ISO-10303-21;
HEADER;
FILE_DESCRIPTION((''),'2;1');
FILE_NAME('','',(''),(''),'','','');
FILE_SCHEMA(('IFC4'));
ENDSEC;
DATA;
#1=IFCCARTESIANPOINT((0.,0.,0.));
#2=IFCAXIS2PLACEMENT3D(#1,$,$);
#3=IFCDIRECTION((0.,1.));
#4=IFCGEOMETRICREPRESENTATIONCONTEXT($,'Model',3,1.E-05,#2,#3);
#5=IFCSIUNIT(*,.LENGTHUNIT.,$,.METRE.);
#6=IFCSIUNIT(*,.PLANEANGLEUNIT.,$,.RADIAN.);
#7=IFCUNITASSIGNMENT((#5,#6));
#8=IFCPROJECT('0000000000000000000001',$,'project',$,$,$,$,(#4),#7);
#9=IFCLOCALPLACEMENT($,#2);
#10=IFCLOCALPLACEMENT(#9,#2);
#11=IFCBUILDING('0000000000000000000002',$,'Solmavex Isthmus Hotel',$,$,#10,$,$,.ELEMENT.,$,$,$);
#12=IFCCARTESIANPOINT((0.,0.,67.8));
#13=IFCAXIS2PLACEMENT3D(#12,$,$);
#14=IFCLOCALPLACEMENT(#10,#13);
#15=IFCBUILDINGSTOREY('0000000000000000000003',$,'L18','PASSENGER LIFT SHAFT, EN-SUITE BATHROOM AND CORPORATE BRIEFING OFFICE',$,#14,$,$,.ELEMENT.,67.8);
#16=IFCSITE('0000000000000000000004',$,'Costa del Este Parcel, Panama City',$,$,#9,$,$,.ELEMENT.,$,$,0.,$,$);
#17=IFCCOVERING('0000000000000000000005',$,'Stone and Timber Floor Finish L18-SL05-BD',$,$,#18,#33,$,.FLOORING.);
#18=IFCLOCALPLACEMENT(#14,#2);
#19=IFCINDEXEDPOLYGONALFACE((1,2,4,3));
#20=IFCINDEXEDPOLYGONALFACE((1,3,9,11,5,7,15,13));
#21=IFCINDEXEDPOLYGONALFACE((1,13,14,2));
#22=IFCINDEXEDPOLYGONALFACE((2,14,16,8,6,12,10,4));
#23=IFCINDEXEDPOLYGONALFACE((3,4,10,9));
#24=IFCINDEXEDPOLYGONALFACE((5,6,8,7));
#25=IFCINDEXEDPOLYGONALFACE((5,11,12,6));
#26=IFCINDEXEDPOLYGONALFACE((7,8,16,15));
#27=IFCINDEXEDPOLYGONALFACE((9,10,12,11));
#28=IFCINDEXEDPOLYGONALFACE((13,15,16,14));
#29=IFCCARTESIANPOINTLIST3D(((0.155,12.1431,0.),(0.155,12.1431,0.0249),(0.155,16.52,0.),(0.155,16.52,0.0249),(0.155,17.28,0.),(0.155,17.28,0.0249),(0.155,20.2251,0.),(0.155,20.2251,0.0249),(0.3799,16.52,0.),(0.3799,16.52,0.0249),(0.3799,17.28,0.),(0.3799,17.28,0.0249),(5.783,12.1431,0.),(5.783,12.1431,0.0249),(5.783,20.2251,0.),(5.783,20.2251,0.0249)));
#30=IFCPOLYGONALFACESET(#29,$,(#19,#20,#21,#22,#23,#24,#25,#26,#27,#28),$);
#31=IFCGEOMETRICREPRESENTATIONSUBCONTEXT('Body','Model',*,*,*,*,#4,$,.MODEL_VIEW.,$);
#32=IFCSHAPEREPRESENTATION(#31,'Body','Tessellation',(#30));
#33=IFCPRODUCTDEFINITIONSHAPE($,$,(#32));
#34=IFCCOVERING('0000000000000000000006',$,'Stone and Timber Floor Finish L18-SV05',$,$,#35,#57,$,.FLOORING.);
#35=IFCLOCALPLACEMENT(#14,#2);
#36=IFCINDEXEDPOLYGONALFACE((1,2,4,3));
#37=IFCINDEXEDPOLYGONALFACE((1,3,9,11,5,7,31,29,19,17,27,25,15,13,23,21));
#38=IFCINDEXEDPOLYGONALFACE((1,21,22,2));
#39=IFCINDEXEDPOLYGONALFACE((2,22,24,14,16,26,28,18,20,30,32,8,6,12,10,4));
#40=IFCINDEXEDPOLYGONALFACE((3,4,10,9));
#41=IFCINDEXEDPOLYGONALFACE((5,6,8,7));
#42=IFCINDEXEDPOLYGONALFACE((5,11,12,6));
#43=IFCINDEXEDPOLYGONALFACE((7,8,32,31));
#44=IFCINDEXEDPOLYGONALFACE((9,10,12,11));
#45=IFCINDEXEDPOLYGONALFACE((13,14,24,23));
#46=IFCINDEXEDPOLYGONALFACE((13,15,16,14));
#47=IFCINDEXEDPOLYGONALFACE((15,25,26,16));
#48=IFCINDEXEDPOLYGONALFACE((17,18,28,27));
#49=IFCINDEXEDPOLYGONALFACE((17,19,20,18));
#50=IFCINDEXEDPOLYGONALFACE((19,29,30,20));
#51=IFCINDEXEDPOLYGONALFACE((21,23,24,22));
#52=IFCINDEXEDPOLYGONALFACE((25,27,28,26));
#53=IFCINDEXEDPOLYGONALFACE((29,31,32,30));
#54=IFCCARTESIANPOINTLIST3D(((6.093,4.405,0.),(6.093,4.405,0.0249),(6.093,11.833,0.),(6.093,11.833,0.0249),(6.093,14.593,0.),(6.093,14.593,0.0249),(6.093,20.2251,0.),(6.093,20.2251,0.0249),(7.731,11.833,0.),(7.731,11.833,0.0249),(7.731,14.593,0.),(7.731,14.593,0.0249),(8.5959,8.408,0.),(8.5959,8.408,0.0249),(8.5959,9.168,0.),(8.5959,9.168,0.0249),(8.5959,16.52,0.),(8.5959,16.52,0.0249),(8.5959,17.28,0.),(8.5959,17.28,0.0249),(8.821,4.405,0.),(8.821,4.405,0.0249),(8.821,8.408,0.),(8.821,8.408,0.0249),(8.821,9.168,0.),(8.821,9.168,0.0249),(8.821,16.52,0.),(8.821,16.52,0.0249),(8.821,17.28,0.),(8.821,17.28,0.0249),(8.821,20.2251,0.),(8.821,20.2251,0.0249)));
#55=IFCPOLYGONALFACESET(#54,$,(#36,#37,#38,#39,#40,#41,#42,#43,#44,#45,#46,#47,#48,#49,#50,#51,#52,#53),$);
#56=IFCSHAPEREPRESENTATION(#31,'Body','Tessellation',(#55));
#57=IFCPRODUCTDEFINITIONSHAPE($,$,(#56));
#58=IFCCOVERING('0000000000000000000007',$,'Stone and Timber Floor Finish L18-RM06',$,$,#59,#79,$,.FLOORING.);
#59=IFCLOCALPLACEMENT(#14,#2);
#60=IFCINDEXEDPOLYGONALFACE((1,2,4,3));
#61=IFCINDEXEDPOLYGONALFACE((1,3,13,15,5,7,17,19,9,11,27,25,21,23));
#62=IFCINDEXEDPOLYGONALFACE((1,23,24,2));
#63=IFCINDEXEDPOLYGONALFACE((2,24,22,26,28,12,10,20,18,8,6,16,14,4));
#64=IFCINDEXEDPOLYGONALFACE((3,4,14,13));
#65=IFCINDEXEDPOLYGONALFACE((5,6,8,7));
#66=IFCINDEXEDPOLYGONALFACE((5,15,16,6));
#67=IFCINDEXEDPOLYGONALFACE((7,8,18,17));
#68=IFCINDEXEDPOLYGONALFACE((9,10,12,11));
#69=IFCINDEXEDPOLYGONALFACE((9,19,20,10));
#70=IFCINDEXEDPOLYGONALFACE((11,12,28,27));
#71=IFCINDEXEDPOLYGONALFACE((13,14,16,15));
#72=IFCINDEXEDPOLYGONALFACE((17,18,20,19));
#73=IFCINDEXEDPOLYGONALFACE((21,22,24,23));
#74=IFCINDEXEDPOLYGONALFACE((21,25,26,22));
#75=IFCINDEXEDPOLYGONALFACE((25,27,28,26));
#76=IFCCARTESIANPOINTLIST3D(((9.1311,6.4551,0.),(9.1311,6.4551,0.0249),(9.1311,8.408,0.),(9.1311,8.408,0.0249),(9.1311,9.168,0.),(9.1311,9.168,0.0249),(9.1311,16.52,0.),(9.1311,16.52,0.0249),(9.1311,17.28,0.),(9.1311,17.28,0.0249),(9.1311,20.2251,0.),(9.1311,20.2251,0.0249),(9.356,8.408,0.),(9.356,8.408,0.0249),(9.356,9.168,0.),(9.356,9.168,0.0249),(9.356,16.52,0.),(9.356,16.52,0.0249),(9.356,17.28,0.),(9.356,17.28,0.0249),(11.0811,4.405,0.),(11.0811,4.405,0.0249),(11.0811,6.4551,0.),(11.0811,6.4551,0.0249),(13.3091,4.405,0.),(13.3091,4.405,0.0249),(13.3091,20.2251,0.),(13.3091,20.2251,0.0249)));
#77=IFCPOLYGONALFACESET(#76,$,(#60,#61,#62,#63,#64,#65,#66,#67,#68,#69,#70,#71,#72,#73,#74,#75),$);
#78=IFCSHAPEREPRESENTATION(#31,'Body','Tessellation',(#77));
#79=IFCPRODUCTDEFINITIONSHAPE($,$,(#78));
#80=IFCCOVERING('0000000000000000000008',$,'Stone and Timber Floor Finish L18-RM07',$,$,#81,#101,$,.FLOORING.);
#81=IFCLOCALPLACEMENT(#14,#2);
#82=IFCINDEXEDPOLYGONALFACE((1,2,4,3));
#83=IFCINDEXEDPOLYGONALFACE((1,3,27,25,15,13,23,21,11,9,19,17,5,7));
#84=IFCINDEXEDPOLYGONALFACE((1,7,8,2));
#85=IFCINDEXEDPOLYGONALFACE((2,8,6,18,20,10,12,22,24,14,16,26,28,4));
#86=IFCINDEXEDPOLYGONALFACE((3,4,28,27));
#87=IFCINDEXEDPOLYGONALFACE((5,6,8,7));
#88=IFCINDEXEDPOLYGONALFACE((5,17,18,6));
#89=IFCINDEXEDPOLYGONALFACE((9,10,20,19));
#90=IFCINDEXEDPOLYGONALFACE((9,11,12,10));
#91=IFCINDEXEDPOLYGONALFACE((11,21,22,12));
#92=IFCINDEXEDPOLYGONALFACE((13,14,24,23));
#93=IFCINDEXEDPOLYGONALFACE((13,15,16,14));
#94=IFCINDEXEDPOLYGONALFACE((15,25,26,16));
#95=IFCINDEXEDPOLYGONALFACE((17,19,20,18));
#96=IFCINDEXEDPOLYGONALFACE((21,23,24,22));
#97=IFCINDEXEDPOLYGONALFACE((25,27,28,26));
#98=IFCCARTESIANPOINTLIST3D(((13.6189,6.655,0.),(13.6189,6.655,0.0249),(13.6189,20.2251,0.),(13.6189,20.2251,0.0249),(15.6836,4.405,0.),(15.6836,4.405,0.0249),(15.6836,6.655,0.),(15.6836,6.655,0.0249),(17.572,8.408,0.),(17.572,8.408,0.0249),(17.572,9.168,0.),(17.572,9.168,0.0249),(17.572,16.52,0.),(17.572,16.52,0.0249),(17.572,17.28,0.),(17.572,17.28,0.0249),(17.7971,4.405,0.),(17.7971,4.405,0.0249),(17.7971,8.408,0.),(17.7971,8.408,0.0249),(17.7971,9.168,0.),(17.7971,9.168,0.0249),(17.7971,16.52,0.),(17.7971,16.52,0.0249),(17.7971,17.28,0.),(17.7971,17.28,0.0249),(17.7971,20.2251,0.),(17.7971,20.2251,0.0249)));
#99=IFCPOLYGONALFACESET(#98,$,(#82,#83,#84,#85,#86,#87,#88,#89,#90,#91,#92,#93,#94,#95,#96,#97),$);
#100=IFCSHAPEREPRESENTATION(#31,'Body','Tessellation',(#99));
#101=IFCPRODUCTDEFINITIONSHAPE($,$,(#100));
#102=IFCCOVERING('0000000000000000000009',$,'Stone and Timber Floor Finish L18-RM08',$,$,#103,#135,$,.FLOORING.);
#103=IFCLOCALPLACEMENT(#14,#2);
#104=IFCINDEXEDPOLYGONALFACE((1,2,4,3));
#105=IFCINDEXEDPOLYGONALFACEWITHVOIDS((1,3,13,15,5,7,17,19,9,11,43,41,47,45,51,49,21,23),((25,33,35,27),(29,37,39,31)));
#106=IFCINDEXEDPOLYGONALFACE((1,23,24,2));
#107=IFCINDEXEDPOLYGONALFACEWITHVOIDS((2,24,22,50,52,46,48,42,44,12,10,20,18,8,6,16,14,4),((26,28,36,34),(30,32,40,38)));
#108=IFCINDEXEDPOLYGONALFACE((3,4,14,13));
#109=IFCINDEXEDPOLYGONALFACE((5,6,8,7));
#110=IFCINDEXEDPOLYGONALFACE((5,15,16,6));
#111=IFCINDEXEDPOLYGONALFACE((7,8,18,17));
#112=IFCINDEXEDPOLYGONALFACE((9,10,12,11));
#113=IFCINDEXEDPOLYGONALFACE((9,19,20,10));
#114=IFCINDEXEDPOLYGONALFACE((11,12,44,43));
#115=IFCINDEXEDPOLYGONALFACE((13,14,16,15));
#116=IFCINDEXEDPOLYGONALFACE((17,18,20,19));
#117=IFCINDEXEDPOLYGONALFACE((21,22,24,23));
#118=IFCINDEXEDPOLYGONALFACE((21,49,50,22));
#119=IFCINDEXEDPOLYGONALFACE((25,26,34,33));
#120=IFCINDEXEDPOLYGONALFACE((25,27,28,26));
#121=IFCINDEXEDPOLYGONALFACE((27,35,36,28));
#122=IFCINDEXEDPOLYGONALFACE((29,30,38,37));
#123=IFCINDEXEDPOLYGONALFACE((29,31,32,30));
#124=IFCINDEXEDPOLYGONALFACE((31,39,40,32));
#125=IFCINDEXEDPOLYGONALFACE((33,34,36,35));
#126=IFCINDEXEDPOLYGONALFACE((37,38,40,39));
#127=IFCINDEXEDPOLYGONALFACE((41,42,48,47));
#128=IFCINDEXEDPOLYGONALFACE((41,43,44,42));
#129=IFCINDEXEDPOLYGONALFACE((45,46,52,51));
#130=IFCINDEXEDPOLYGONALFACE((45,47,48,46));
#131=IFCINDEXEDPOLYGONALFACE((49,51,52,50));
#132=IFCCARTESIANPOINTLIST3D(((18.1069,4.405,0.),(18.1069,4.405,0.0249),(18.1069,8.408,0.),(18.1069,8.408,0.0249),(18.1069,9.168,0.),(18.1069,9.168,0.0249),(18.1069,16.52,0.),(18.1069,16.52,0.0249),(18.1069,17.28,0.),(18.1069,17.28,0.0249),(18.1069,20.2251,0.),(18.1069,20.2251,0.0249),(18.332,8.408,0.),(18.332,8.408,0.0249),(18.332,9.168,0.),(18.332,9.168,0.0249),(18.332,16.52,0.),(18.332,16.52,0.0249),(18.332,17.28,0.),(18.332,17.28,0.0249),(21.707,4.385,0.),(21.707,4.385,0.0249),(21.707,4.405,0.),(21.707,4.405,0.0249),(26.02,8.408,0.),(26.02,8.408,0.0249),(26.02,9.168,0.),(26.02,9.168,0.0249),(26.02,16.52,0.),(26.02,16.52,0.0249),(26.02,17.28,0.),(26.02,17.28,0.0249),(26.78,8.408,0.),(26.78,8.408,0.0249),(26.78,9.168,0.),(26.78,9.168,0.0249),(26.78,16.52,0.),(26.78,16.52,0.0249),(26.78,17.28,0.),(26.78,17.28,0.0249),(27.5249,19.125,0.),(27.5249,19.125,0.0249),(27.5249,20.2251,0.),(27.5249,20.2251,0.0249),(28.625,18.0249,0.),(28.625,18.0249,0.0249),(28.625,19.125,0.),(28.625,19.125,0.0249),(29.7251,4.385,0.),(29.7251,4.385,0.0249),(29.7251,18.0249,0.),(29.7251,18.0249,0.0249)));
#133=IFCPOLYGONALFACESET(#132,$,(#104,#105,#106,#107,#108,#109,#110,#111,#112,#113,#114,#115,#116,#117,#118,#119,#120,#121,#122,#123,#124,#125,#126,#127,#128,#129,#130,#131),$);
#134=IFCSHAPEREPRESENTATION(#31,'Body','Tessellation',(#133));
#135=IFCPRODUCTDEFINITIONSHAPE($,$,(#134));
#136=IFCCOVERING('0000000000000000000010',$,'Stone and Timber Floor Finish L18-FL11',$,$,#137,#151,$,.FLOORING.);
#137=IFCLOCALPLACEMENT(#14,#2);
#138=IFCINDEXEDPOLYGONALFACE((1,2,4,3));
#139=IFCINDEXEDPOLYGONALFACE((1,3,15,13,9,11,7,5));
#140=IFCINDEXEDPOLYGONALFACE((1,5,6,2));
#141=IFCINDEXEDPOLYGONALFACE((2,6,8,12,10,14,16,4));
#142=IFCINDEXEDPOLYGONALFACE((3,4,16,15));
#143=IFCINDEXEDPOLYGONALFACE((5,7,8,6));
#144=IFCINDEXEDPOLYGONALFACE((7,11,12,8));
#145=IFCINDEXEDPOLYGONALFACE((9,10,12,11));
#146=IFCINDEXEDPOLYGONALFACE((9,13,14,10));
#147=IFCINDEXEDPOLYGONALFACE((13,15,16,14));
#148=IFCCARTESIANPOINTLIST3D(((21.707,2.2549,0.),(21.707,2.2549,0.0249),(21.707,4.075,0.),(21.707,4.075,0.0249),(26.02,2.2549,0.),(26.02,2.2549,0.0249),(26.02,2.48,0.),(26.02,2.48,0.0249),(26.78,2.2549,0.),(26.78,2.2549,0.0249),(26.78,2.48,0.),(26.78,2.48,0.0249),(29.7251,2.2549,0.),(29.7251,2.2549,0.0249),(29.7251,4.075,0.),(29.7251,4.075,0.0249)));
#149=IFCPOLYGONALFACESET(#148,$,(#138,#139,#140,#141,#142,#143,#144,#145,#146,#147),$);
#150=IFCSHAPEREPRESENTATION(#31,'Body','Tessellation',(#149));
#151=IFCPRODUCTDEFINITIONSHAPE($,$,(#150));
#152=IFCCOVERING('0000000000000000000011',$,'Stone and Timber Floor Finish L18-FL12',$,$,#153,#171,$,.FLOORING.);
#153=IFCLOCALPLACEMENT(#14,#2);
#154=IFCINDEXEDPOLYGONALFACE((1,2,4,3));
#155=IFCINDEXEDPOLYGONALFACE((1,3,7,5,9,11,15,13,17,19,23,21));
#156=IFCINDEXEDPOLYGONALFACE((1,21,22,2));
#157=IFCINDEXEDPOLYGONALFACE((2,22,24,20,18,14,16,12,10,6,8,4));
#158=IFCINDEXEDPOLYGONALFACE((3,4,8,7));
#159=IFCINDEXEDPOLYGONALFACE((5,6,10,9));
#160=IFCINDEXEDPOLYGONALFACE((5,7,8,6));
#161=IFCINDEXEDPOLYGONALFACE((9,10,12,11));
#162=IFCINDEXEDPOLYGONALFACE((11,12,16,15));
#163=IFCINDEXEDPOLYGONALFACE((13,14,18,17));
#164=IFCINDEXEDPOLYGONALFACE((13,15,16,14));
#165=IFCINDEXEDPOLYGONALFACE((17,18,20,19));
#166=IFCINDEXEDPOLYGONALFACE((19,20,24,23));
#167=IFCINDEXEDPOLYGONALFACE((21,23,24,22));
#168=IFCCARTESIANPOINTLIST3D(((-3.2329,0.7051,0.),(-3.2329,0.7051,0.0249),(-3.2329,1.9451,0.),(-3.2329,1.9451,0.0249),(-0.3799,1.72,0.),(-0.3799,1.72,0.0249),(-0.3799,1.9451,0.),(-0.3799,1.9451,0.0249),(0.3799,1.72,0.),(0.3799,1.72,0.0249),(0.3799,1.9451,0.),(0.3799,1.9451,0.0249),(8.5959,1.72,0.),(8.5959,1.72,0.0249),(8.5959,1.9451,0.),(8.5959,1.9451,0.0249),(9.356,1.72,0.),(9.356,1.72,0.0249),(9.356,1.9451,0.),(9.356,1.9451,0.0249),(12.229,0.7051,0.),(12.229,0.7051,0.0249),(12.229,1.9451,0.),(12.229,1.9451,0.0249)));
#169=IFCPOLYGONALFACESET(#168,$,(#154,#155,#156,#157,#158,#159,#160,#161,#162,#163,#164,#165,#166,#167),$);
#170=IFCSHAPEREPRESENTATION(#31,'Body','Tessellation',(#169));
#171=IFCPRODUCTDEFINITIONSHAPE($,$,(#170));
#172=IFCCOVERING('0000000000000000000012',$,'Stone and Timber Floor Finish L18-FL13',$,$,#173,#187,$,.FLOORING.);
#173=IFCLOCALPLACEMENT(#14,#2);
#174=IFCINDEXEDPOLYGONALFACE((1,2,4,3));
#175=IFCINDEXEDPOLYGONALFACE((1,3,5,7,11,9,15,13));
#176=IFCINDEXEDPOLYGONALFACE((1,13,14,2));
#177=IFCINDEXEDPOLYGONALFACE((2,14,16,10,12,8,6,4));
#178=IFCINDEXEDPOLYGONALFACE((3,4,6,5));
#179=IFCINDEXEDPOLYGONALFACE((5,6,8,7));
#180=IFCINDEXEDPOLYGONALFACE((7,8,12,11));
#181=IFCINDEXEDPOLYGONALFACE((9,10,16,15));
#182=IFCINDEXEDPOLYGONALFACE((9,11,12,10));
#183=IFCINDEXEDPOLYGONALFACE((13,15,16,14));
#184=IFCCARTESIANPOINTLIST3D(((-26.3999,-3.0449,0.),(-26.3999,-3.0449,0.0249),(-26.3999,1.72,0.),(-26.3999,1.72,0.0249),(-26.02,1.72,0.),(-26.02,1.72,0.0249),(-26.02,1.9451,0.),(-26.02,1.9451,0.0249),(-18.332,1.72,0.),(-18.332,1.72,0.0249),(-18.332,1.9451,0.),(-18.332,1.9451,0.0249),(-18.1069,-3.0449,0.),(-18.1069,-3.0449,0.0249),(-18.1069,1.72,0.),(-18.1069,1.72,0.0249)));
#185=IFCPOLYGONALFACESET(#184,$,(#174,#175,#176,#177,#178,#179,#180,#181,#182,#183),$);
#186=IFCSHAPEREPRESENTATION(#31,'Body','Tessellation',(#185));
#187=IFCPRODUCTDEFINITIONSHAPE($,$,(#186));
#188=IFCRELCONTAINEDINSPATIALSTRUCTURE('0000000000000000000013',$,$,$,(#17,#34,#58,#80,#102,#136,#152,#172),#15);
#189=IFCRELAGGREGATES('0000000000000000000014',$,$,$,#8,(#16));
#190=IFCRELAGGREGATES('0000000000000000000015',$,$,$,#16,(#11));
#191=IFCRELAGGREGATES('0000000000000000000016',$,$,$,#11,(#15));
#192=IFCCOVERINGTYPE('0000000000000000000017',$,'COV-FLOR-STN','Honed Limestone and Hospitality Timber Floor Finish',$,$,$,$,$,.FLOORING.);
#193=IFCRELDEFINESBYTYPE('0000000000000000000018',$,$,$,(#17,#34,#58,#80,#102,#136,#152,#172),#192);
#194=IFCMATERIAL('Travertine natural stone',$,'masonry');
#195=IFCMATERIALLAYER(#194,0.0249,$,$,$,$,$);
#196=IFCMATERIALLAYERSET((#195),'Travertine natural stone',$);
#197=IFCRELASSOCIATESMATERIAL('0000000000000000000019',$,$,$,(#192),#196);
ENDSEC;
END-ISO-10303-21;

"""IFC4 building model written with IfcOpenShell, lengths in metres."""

from ifc_helpers import new_model, si_unit, direction, frame, origin, place, context, subcontext, project, spatial, polyline, outline, extrude, material, layer, layer_set, type_object, element, save


model = new_model("IFC4")

# Units and contexts
model_context = context("Model", 3, precision=1e-05, world=origin(), true_north=direction((0.0, 1.0)))
body_context = subcontext(model_context, "Body", "Model", "MODEL_VIEW")
ifc_project = project(units=[si_unit("LENGTHUNIT", "METRE"), si_unit("PLANEANGLEUNIT", "RADIAN")], contexts=[model_context])

# Site, building, storey
site_placement = place(None, origin())
site = spatial("IfcSite", under=ifc_project, at=site_placement, Name="Costa del Este Parcel, Panama City", CompositionType="ELEMENT", RefElevation=0.0)
building_placement = place(site_placement, origin())
building = spatial("IfcBuilding", under=site, at=building_placement, Name="Solmavex Isthmus Hotel", CompositionType="ELEMENT")
storey_placement = place(building_placement, frame((0.0, 0.0, 67.8)))
storey = spatial("IfcBuildingStorey", under=building, at=storey_placement, Name="L18", Description="PASSENGER LIFT SHAFT, EN-SUITE BATHROOM AND CORPORATE BRIEFING OFFICE", CompositionType="ELEMENT", Elevation=67.8)

# Coverings
ifc_material_1 = material(Name="Travertine natural stone", Category="masonry")
ifc_layer_1 = layer(ifc_material_1, 0.0249)
ifc_layer_set_1 = layer_set([ifc_layer_1], Name="Travertine natural stone")
covering_type_1 = type_object("IfcCoveringType", Name="COV-FLOR-STN", Description="Honed Limestone and Hospitality Timber Floor Finish", PredefinedType="FLOORING", material=ifc_layer_set_1)
covering_1_placement = place(storey_placement, origin())
element("IfcCovering", 1, at=covering_1_placement, inside=storey, type_object=covering_type_1, Name="Stone and Timber Floor Finish L18-SL05-BD", PredefinedType="FLOORING", context=body_context, shape_type="SweptSolid", body=[
    extrude(outline(polyline([(0.155, 17.28), (0.3799, 17.28), (0.3799, 16.52), (0.155, 16.52), (0.155, 12.1431), (5.783, 12.1431), (5.783, 20.2251), (0.155, 20.2251), (0.155, 17.28)])), origin(), (0.0, 0.0, 1.0), 0.0249),
])
covering_2_placement = place(storey_placement, origin())
element("IfcCovering", 2, at=covering_2_placement, inside=storey, type_object=covering_type_1, Name="Stone and Timber Floor Finish L18-SV05", PredefinedType="FLOORING", context=body_context, shape_type="SweptSolid", body=[
    extrude(outline(polyline([(8.821, 16.52), (8.5959, 16.52), (8.5959, 17.28), (8.821, 17.28), (8.821, 20.2251), (6.093, 20.2251), (6.093, 14.593), (7.731, 14.593), (7.731, 11.833), (6.093, 11.833), (6.093, 4.405), (8.821, 4.405), (8.821, 8.408), (8.5959, 8.408), (8.5959, 9.168), (8.821, 9.168), (8.821, 16.52)])), origin(), (0.0, 0.0, 1.0), 0.0249),
])
covering_3_placement = place(storey_placement, origin())
element("IfcCovering", 3, at=covering_3_placement, inside=storey, type_object=covering_type_1, Name="Stone and Timber Floor Finish L18-RM06", PredefinedType="FLOORING", context=body_context, shape_type="SweptSolid", body=[
    extrude(outline(polyline([(9.1311, 9.168), (9.356, 9.168), (9.356, 8.408), (9.1311, 8.408), (9.1311, 6.4551), (11.0811, 6.4551), (11.0811, 4.405), (13.3091, 4.405), (13.3091, 20.2251), (9.1311, 20.2251), (9.1311, 17.28), (9.356, 17.28), (9.356, 16.52), (9.1311, 16.52), (9.1311, 9.168)])), origin(), (0.0, 0.0, 1.0), 0.0249),
])
covering_4_placement = place(storey_placement, origin())
element("IfcCovering", 4, at=covering_4_placement, inside=storey, type_object=covering_type_1, Name="Stone and Timber Floor Finish L18-RM07", PredefinedType="FLOORING", context=body_context, shape_type="SweptSolid", body=[
    extrude(outline(polyline([(17.7971, 16.52), (17.572, 16.52), (17.572, 17.28), (17.7971, 17.28), (17.7971, 20.2251), (13.6189, 20.2251), (13.6189, 6.655), (15.6836, 6.655), (15.6836, 4.405), (17.7971, 4.405), (17.7971, 8.408), (17.572, 8.408), (17.572, 9.168), (17.7971, 9.168), (17.7971, 16.52)])), origin(), (0.0, 0.0, 1.0), 0.0249),
])
covering_5_placement = place(storey_placement, origin())
element("IfcCovering", 5, at=covering_5_placement, inside=storey, type_object=covering_type_1, Name="Stone and Timber Floor Finish L18-RM08", PredefinedType="FLOORING", context=body_context, shape_type="SweptSolid", body=[
    extrude(outline(polyline([(18.1069, 9.168), (18.332, 9.168), (18.332, 8.408), (18.1069, 8.408), (18.1069, 4.405), (21.707, 4.405), (21.707, 4.385), (29.7251, 4.385), (29.7251, 18.0249), (28.625, 18.0249), (28.625, 19.125), (27.5249, 19.125), (27.5249, 20.2251), (18.1069, 20.2251), (18.1069, 17.28), (18.332, 17.28), (18.332, 16.52), (18.1069, 16.52), (18.1069, 9.168)]), holes=[polyline([(26.02, 8.408), (26.02, 9.168), (26.78, 9.168), (26.78, 8.408), (26.02, 8.408)]), polyline([(26.02, 16.52), (26.02, 17.28), (26.78, 17.28), (26.78, 16.52), (26.02, 16.52)])]), origin(), (0.0, 0.0, 1.0), 0.0249),
])
covering_6_placement = place(storey_placement, origin())
element("IfcCovering", 6, at=covering_6_placement, inside=storey, type_object=covering_type_1, Name="Stone and Timber Floor Finish L18-FL11", PredefinedType="FLOORING", context=body_context, shape_type="SweptSolid", body=[
    extrude(outline(polyline([(26.02, 2.2549), (26.02, 2.48), (26.78, 2.48), (26.78, 2.2549), (29.7251, 2.2549), (29.7251, 4.075), (21.707, 4.075), (21.707, 2.2549), (26.02, 2.2549)])), origin(), (0.0, 0.0, 1.0), 0.0249),
])
covering_7_placement = place(storey_placement, origin())
element("IfcCovering", 7, at=covering_7_placement, inside=storey, type_object=covering_type_1, Name="Stone and Timber Floor Finish L18-FL12", PredefinedType="FLOORING", context=body_context, shape_type="SweptSolid", body=[
    extrude(outline(polyline([(0.3799, 1.9451), (0.3799, 1.72), (-0.3799, 1.72), (-0.3799, 1.9451), (-3.2329, 1.9451), (-3.2329, 0.7051), (12.229, 0.7051), (12.229, 1.9451), (9.356, 1.9451), (9.356, 1.72), (8.5959, 1.72), (8.5959, 1.9451), (0.3799, 1.9451)])), origin(), (0.0, 0.0, 1.0), 0.0249),
])
covering_8_placement = place(storey_placement, origin())
element("IfcCovering", 8, at=covering_8_placement, inside=storey, type_object=covering_type_1, Name="Stone and Timber Floor Finish L18-FL13", PredefinedType="FLOORING", context=body_context, shape_type="SweptSolid", body=[
    extrude(outline(polyline([(-26.02, 1.9451), (-26.02, 1.72), (-26.3999, 1.72), (-26.3999, -3.0449), (-18.1069, -3.0449), (-18.1069, 1.72), (-18.332, 1.72), (-18.332, 1.9451), (-26.02, 1.9451)])), origin(), (0.0, 0.0, 1.0), 0.0249),
])

save(model, "model.ifc")
